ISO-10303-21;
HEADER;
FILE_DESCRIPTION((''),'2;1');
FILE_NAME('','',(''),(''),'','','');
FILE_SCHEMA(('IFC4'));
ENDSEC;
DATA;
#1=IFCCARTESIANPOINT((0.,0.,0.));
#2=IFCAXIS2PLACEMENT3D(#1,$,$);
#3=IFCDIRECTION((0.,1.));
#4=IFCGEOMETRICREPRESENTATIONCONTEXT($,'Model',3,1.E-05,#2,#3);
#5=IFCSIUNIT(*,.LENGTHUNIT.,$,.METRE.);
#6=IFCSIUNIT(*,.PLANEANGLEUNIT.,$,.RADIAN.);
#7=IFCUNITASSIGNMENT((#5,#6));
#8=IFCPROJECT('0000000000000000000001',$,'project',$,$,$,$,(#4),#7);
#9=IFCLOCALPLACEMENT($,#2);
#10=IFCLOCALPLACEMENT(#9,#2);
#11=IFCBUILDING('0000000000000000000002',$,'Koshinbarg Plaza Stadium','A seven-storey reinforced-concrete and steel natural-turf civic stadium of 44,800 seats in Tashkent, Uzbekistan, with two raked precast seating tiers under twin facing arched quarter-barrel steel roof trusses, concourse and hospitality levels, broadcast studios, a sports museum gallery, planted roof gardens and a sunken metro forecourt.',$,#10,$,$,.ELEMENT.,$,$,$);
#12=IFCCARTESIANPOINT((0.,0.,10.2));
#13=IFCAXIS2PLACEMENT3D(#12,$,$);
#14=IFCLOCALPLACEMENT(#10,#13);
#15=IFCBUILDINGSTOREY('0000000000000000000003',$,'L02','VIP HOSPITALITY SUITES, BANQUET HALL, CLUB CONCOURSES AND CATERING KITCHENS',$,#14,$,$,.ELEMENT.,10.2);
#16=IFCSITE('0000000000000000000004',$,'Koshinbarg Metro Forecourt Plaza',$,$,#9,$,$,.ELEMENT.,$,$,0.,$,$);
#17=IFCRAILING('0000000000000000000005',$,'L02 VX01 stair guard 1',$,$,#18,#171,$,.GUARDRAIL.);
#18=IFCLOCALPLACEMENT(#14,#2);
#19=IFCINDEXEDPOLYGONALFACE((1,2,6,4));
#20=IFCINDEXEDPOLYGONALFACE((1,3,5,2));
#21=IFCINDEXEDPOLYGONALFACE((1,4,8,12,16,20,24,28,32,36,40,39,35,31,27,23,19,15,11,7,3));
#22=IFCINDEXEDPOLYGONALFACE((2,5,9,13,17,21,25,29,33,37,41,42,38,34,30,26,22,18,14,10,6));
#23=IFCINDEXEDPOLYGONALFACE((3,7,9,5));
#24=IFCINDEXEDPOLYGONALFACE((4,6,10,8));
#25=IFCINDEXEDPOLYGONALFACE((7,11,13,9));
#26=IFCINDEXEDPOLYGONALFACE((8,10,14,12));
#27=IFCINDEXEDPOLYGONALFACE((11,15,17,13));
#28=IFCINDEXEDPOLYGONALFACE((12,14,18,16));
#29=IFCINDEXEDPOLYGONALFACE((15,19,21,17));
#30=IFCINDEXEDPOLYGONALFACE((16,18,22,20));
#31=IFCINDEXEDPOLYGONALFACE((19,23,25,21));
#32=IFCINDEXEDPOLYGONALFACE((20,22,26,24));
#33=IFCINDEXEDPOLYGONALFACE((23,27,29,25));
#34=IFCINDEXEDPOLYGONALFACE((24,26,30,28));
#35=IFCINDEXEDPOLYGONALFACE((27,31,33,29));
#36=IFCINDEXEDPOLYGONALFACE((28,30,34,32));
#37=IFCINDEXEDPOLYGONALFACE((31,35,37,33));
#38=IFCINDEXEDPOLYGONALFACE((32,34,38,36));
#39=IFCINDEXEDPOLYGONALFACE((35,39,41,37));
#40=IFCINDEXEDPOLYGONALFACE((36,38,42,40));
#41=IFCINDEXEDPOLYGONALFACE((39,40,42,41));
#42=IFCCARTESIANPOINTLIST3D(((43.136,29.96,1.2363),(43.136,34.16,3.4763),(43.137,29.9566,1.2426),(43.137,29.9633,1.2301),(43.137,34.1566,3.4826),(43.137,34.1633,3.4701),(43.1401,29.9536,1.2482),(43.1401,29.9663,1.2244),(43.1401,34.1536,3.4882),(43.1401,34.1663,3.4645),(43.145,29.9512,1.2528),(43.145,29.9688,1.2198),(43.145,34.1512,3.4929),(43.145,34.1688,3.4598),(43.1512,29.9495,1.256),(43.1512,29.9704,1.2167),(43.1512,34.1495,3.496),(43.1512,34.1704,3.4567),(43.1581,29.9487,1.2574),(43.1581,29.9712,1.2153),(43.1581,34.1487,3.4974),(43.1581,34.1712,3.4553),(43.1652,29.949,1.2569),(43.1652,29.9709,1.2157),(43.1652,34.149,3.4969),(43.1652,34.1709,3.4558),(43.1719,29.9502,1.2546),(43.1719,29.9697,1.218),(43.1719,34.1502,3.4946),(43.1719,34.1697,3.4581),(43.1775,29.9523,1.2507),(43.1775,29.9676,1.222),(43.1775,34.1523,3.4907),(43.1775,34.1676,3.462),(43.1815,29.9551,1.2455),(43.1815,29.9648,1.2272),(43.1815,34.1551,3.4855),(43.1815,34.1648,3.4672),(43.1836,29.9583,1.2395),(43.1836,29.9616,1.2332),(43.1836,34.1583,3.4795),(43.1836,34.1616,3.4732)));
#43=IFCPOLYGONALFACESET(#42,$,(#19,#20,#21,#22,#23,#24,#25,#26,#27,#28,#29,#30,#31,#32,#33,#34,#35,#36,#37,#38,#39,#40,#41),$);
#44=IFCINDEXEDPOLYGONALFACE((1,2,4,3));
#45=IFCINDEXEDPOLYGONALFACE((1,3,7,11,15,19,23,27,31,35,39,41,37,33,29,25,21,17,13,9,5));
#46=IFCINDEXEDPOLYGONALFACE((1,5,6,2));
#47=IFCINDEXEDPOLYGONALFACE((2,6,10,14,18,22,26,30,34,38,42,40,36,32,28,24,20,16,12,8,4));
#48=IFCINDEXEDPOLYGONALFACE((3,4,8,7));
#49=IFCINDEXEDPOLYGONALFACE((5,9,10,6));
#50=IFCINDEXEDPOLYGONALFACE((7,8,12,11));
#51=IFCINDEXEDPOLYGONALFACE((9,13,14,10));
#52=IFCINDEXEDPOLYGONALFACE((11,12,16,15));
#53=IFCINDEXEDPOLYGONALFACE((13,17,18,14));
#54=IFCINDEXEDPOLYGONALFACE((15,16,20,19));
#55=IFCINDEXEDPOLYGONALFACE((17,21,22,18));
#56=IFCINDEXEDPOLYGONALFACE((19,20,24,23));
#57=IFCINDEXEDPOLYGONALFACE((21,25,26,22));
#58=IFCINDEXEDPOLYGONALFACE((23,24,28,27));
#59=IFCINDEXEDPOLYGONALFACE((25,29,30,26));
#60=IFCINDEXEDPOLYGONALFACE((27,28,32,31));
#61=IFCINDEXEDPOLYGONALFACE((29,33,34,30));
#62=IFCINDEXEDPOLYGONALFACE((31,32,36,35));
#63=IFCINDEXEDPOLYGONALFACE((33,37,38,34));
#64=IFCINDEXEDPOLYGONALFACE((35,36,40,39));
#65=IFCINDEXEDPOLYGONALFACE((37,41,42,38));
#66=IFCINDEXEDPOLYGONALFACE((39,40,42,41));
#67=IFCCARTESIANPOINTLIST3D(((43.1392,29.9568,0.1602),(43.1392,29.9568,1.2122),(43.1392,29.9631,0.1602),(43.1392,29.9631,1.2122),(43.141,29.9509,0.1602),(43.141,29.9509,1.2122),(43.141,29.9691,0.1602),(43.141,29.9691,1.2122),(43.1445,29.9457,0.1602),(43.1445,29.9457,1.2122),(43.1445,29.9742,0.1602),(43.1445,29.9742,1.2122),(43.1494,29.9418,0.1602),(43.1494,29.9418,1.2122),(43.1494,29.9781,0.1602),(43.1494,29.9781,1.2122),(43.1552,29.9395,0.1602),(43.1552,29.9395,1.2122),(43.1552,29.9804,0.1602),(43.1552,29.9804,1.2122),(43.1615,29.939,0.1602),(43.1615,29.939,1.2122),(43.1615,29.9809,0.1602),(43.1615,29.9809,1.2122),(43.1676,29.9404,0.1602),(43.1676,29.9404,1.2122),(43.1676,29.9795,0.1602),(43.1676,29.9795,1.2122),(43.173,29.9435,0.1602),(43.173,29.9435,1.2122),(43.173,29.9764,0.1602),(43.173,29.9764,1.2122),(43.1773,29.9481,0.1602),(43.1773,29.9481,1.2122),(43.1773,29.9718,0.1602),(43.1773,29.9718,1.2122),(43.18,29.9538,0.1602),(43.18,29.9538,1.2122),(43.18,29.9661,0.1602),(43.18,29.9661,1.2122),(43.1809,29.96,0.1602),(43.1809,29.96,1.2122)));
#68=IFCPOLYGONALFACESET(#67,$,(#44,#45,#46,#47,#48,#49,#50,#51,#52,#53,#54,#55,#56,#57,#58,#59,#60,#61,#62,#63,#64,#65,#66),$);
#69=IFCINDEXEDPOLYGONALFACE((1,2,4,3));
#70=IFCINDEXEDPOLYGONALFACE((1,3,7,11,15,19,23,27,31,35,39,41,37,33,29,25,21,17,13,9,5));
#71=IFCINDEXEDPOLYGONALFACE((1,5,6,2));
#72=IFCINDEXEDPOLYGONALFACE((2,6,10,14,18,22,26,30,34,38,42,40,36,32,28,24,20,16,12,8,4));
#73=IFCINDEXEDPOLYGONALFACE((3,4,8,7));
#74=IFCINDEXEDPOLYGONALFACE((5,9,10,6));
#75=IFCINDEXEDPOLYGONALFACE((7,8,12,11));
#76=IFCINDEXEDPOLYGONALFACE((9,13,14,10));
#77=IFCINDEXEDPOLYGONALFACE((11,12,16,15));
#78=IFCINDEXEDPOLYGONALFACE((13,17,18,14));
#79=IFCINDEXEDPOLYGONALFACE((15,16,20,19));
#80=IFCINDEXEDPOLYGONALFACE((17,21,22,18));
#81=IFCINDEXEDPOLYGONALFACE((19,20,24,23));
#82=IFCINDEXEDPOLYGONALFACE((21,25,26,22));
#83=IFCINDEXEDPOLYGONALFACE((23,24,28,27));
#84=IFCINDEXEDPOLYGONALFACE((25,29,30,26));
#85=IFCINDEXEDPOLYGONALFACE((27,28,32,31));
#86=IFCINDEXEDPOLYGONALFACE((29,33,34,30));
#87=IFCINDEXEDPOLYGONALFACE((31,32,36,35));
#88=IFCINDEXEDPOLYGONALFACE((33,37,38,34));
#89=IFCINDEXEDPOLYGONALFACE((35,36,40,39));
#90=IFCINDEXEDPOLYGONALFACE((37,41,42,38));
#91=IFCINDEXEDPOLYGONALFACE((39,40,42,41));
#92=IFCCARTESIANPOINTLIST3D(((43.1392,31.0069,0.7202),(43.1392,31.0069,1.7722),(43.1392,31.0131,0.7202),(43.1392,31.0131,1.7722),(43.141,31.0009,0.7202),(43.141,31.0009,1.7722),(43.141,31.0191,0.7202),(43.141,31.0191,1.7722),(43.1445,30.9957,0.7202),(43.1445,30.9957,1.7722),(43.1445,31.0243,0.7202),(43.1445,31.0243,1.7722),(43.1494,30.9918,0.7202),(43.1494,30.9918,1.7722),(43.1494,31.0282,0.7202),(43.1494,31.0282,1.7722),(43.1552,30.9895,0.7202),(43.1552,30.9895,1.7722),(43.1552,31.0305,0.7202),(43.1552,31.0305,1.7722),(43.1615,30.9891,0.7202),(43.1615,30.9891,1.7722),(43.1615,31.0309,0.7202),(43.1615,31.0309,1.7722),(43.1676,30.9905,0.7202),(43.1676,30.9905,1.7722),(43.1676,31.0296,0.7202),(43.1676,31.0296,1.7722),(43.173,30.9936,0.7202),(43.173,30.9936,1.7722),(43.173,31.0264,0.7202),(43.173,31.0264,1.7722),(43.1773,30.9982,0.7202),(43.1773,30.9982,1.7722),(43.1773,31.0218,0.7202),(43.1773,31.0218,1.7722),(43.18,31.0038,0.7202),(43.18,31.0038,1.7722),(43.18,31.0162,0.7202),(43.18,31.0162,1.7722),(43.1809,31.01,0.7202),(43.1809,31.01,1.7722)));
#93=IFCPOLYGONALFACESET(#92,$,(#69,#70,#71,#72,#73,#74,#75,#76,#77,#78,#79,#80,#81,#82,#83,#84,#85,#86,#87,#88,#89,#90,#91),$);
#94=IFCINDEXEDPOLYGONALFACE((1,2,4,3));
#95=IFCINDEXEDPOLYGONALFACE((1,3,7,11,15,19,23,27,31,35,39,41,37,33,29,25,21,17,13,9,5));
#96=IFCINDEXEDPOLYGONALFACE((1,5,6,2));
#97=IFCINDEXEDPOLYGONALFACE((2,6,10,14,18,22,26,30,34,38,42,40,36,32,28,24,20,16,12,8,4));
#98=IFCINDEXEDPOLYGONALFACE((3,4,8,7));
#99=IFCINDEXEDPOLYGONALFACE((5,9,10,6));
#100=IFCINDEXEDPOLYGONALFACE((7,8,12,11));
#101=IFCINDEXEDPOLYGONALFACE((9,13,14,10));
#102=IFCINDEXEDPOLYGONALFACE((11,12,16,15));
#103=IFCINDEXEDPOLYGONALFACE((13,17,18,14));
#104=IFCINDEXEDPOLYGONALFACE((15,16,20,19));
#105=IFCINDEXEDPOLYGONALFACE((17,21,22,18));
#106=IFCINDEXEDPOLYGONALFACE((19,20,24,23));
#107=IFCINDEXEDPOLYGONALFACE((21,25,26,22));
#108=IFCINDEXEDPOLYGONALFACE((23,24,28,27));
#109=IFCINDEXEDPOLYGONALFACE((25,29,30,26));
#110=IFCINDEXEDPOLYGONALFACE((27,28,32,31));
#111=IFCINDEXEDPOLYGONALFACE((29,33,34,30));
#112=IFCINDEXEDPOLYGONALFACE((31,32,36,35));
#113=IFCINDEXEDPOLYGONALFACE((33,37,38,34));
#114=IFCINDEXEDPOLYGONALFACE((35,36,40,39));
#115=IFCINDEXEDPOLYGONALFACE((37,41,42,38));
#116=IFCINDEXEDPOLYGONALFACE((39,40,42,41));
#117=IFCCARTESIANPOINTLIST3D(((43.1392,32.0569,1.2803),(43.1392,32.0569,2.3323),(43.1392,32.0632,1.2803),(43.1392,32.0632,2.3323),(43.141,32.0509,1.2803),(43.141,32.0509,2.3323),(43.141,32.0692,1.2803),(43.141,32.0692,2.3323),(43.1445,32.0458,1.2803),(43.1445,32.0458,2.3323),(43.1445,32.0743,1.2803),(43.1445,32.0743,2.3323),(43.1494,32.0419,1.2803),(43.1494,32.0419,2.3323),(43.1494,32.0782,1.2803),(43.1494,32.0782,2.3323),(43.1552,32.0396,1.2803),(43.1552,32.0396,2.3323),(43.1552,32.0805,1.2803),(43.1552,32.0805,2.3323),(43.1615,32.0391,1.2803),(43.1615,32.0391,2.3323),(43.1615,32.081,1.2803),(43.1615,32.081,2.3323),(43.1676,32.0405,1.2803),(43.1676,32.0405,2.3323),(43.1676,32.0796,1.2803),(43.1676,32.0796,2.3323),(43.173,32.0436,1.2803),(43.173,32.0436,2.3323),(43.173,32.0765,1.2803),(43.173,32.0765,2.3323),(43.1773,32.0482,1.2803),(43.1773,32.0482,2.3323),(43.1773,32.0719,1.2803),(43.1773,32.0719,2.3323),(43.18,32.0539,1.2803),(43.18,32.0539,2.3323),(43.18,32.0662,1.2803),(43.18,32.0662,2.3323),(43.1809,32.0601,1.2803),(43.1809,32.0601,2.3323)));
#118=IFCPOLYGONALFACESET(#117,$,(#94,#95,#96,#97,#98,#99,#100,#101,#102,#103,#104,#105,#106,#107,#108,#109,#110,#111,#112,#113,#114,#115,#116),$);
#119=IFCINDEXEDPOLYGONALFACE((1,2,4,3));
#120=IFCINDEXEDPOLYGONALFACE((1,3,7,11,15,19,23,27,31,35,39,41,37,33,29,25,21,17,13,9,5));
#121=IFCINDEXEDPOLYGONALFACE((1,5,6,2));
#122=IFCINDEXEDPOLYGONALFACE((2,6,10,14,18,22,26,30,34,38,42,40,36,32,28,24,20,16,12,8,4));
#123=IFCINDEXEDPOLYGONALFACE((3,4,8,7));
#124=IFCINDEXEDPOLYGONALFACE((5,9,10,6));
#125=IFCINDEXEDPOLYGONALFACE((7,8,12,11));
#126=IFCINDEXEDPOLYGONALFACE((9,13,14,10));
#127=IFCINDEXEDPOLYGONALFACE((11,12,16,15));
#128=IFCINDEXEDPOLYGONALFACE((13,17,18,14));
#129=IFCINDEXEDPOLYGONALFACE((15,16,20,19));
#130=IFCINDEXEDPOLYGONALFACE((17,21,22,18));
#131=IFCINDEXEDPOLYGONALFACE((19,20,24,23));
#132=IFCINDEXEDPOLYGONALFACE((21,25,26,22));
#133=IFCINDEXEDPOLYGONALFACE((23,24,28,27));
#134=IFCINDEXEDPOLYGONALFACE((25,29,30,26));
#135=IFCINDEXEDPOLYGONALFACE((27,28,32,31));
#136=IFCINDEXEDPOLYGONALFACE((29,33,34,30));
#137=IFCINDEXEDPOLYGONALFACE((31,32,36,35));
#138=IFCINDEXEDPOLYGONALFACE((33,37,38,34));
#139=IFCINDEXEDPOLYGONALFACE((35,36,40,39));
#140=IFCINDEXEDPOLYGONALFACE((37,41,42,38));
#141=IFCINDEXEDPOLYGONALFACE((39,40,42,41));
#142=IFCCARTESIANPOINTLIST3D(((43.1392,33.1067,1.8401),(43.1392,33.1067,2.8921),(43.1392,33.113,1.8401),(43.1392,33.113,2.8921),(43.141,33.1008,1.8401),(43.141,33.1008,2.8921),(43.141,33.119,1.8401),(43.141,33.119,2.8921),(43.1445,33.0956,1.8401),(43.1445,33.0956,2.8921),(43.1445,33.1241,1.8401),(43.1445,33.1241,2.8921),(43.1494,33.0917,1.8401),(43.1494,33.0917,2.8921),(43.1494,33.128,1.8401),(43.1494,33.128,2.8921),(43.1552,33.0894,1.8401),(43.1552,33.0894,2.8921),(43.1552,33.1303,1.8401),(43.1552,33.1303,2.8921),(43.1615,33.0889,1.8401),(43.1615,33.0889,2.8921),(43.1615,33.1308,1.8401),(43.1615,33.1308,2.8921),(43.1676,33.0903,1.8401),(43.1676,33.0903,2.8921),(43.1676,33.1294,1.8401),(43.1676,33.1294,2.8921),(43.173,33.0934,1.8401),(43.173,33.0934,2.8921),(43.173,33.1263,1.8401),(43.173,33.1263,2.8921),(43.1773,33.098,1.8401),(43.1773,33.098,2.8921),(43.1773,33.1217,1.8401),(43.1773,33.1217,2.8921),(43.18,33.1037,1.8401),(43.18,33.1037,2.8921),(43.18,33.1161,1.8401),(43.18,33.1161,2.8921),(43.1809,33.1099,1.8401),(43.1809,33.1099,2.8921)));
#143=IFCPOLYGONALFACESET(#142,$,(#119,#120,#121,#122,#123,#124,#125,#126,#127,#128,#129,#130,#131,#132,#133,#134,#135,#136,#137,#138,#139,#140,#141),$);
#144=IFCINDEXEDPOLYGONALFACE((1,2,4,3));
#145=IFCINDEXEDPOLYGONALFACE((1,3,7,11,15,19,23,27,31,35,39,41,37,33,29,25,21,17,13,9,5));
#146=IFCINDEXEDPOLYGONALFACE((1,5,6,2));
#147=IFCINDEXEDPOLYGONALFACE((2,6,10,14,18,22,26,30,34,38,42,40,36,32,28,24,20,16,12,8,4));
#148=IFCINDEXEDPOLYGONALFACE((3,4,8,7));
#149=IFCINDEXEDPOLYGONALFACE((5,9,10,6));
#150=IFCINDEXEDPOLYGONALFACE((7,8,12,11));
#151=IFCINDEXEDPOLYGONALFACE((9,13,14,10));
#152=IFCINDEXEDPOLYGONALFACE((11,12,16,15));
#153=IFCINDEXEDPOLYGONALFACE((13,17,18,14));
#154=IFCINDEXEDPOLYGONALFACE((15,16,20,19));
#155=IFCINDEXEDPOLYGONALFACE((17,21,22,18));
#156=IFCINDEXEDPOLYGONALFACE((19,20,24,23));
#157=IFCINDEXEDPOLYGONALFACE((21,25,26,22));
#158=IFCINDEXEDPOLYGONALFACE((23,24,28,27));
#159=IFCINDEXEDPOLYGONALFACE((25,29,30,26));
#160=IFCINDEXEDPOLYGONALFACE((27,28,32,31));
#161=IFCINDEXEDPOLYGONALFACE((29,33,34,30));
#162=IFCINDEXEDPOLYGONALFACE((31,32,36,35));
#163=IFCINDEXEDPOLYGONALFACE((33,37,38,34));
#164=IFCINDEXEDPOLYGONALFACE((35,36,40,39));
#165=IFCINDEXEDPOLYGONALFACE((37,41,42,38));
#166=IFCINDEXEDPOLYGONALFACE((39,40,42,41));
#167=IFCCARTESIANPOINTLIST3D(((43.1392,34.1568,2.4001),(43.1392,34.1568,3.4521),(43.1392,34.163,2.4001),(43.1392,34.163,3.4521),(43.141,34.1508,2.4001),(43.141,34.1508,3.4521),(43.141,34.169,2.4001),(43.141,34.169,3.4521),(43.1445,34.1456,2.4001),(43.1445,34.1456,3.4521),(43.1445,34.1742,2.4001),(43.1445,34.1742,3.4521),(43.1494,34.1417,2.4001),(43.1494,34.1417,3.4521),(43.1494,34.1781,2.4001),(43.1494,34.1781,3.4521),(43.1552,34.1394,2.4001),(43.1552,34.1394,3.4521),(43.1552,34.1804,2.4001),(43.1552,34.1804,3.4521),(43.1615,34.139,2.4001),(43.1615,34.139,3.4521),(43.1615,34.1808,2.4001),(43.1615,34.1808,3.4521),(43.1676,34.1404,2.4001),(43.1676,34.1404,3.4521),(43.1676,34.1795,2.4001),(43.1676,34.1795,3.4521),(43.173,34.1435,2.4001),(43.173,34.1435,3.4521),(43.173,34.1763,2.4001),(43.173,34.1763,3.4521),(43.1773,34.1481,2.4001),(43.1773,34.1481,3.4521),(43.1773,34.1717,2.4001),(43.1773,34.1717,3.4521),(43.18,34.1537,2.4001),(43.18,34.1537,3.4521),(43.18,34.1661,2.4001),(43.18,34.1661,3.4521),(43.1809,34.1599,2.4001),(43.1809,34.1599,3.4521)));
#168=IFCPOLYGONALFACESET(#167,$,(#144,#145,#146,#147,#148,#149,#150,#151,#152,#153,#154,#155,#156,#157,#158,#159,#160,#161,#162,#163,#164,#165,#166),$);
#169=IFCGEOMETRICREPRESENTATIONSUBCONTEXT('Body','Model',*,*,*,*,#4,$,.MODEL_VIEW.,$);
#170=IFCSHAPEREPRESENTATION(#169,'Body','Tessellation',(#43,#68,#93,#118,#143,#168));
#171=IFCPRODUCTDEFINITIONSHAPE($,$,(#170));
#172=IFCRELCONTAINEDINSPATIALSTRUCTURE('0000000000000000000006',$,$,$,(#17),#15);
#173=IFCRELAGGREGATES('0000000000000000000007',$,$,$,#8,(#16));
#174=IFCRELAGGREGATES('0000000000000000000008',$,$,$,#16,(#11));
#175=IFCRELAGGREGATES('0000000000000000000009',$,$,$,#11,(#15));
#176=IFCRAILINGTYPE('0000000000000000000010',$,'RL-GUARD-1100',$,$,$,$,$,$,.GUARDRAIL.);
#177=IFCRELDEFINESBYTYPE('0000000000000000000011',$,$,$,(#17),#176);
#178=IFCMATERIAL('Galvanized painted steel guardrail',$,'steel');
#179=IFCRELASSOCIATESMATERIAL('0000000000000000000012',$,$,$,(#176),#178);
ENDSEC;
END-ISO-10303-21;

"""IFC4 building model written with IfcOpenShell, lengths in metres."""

from ifc_helpers import new_model, si_unit, direction, frame, origin, origin_2d, place, context, subcontext, project, spatial, circle, extrude, material, type_object, element, save


model = new_model("IFC4")

# Units and contexts
model_context = context("Model", 3, precision=1e-05, world=origin(), true_north=direction((0.0, 1.0)))
body_context = subcontext(model_context, "Body", "Model", "MODEL_VIEW")
ifc_project = project(units=[si_unit("LENGTHUNIT", "METRE"), si_unit("PLANEANGLEUNIT", "RADIAN")], contexts=[model_context])

# Site, building, storey
site_placement = place(None, origin())
site = spatial("IfcSite", under=ifc_project, at=site_placement, Name="Koshinbarg Metro Forecourt Plaza", CompositionType="ELEMENT", RefElevation=0.0)
building_placement = place(site_placement, origin())
building = spatial("IfcBuilding", under=site, at=building_placement, Name="Koshinbarg Plaza Stadium", Description="A seven-storey reinforced-concrete and steel natural-turf civic stadium of 44,800 seats in Tashkent, Uzbekistan, with two raked precast seating tiers under twin facing arched quarter-barrel steel roof trusses, concourse and hospitality levels, broadcast studios, a sports museum gallery, planted roof gardens and a sunken metro forecourt.", CompositionType="ELEMENT")
storey_placement = place(building_placement, frame((0.0, 0.0, 10.2)))
storey = spatial("IfcBuildingStorey", under=building, at=storey_placement, Name="L02", Description="VIP HOSPITALITY SUITES, BANQUET HALL, CLUB CONCOURSES AND CATERING KITCHENS", CompositionType="ELEMENT", Elevation=10.2)

# Railing
ifc_material_1 = material(Name="Galvanized painted steel guardrail", Category="steel")
railing_type_1 = type_object("IfcRailingType", Name="RL-GUARD-1100", PredefinedType="GUARDRAIL", material=ifc_material_1)
railing_1_placement = place(storey_placement, frame((43.1599, 29.96, 0.1602)))
element("IfcRailing", 1, at=railing_1_placement, inside=storey, type_object=railing_type_1, Name="L02 VX01 stair guard 1", PredefinedType="GUARDRAIL", context=body_context, shape_type="SweptSolid", body=[
    extrude(circle(Radius=0.0239, at=origin_2d()), frame((0.0, 0.0, 1.0762), z_axis=(0.0, 0.882352, 0.470591), x_axis=(-1.0, 0.0, 0.0)), (0.0, 0.0, 1.0), 4.76),
    extrude(circle(Radius=0.021, at=origin_2d()), origin(), (0.0, 0.0, 1.0), 1.052),
    extrude(circle(Radius=0.021, at=origin_2d()), frame((0.0, 1.05, 0.5601)), (0.0, 0.0, 1.0), 1.052),
    extrude(circle(Radius=0.021, at=origin_2d()), frame((0.0, 2.1001, 1.1201)), (0.0, 0.0, 1.0), 1.052),
    extrude(circle(Radius=0.021, at=origin_2d()), frame((0.0, 3.1499, 1.6799)), (0.0, 0.0, 1.0), 1.052),
    extrude(circle(Radius=0.021, at=origin_2d()), frame((0.0, 4.2, 2.24)), (0.0, 0.0, 1.0), 1.052),
])

save(model, "model.ifc")
